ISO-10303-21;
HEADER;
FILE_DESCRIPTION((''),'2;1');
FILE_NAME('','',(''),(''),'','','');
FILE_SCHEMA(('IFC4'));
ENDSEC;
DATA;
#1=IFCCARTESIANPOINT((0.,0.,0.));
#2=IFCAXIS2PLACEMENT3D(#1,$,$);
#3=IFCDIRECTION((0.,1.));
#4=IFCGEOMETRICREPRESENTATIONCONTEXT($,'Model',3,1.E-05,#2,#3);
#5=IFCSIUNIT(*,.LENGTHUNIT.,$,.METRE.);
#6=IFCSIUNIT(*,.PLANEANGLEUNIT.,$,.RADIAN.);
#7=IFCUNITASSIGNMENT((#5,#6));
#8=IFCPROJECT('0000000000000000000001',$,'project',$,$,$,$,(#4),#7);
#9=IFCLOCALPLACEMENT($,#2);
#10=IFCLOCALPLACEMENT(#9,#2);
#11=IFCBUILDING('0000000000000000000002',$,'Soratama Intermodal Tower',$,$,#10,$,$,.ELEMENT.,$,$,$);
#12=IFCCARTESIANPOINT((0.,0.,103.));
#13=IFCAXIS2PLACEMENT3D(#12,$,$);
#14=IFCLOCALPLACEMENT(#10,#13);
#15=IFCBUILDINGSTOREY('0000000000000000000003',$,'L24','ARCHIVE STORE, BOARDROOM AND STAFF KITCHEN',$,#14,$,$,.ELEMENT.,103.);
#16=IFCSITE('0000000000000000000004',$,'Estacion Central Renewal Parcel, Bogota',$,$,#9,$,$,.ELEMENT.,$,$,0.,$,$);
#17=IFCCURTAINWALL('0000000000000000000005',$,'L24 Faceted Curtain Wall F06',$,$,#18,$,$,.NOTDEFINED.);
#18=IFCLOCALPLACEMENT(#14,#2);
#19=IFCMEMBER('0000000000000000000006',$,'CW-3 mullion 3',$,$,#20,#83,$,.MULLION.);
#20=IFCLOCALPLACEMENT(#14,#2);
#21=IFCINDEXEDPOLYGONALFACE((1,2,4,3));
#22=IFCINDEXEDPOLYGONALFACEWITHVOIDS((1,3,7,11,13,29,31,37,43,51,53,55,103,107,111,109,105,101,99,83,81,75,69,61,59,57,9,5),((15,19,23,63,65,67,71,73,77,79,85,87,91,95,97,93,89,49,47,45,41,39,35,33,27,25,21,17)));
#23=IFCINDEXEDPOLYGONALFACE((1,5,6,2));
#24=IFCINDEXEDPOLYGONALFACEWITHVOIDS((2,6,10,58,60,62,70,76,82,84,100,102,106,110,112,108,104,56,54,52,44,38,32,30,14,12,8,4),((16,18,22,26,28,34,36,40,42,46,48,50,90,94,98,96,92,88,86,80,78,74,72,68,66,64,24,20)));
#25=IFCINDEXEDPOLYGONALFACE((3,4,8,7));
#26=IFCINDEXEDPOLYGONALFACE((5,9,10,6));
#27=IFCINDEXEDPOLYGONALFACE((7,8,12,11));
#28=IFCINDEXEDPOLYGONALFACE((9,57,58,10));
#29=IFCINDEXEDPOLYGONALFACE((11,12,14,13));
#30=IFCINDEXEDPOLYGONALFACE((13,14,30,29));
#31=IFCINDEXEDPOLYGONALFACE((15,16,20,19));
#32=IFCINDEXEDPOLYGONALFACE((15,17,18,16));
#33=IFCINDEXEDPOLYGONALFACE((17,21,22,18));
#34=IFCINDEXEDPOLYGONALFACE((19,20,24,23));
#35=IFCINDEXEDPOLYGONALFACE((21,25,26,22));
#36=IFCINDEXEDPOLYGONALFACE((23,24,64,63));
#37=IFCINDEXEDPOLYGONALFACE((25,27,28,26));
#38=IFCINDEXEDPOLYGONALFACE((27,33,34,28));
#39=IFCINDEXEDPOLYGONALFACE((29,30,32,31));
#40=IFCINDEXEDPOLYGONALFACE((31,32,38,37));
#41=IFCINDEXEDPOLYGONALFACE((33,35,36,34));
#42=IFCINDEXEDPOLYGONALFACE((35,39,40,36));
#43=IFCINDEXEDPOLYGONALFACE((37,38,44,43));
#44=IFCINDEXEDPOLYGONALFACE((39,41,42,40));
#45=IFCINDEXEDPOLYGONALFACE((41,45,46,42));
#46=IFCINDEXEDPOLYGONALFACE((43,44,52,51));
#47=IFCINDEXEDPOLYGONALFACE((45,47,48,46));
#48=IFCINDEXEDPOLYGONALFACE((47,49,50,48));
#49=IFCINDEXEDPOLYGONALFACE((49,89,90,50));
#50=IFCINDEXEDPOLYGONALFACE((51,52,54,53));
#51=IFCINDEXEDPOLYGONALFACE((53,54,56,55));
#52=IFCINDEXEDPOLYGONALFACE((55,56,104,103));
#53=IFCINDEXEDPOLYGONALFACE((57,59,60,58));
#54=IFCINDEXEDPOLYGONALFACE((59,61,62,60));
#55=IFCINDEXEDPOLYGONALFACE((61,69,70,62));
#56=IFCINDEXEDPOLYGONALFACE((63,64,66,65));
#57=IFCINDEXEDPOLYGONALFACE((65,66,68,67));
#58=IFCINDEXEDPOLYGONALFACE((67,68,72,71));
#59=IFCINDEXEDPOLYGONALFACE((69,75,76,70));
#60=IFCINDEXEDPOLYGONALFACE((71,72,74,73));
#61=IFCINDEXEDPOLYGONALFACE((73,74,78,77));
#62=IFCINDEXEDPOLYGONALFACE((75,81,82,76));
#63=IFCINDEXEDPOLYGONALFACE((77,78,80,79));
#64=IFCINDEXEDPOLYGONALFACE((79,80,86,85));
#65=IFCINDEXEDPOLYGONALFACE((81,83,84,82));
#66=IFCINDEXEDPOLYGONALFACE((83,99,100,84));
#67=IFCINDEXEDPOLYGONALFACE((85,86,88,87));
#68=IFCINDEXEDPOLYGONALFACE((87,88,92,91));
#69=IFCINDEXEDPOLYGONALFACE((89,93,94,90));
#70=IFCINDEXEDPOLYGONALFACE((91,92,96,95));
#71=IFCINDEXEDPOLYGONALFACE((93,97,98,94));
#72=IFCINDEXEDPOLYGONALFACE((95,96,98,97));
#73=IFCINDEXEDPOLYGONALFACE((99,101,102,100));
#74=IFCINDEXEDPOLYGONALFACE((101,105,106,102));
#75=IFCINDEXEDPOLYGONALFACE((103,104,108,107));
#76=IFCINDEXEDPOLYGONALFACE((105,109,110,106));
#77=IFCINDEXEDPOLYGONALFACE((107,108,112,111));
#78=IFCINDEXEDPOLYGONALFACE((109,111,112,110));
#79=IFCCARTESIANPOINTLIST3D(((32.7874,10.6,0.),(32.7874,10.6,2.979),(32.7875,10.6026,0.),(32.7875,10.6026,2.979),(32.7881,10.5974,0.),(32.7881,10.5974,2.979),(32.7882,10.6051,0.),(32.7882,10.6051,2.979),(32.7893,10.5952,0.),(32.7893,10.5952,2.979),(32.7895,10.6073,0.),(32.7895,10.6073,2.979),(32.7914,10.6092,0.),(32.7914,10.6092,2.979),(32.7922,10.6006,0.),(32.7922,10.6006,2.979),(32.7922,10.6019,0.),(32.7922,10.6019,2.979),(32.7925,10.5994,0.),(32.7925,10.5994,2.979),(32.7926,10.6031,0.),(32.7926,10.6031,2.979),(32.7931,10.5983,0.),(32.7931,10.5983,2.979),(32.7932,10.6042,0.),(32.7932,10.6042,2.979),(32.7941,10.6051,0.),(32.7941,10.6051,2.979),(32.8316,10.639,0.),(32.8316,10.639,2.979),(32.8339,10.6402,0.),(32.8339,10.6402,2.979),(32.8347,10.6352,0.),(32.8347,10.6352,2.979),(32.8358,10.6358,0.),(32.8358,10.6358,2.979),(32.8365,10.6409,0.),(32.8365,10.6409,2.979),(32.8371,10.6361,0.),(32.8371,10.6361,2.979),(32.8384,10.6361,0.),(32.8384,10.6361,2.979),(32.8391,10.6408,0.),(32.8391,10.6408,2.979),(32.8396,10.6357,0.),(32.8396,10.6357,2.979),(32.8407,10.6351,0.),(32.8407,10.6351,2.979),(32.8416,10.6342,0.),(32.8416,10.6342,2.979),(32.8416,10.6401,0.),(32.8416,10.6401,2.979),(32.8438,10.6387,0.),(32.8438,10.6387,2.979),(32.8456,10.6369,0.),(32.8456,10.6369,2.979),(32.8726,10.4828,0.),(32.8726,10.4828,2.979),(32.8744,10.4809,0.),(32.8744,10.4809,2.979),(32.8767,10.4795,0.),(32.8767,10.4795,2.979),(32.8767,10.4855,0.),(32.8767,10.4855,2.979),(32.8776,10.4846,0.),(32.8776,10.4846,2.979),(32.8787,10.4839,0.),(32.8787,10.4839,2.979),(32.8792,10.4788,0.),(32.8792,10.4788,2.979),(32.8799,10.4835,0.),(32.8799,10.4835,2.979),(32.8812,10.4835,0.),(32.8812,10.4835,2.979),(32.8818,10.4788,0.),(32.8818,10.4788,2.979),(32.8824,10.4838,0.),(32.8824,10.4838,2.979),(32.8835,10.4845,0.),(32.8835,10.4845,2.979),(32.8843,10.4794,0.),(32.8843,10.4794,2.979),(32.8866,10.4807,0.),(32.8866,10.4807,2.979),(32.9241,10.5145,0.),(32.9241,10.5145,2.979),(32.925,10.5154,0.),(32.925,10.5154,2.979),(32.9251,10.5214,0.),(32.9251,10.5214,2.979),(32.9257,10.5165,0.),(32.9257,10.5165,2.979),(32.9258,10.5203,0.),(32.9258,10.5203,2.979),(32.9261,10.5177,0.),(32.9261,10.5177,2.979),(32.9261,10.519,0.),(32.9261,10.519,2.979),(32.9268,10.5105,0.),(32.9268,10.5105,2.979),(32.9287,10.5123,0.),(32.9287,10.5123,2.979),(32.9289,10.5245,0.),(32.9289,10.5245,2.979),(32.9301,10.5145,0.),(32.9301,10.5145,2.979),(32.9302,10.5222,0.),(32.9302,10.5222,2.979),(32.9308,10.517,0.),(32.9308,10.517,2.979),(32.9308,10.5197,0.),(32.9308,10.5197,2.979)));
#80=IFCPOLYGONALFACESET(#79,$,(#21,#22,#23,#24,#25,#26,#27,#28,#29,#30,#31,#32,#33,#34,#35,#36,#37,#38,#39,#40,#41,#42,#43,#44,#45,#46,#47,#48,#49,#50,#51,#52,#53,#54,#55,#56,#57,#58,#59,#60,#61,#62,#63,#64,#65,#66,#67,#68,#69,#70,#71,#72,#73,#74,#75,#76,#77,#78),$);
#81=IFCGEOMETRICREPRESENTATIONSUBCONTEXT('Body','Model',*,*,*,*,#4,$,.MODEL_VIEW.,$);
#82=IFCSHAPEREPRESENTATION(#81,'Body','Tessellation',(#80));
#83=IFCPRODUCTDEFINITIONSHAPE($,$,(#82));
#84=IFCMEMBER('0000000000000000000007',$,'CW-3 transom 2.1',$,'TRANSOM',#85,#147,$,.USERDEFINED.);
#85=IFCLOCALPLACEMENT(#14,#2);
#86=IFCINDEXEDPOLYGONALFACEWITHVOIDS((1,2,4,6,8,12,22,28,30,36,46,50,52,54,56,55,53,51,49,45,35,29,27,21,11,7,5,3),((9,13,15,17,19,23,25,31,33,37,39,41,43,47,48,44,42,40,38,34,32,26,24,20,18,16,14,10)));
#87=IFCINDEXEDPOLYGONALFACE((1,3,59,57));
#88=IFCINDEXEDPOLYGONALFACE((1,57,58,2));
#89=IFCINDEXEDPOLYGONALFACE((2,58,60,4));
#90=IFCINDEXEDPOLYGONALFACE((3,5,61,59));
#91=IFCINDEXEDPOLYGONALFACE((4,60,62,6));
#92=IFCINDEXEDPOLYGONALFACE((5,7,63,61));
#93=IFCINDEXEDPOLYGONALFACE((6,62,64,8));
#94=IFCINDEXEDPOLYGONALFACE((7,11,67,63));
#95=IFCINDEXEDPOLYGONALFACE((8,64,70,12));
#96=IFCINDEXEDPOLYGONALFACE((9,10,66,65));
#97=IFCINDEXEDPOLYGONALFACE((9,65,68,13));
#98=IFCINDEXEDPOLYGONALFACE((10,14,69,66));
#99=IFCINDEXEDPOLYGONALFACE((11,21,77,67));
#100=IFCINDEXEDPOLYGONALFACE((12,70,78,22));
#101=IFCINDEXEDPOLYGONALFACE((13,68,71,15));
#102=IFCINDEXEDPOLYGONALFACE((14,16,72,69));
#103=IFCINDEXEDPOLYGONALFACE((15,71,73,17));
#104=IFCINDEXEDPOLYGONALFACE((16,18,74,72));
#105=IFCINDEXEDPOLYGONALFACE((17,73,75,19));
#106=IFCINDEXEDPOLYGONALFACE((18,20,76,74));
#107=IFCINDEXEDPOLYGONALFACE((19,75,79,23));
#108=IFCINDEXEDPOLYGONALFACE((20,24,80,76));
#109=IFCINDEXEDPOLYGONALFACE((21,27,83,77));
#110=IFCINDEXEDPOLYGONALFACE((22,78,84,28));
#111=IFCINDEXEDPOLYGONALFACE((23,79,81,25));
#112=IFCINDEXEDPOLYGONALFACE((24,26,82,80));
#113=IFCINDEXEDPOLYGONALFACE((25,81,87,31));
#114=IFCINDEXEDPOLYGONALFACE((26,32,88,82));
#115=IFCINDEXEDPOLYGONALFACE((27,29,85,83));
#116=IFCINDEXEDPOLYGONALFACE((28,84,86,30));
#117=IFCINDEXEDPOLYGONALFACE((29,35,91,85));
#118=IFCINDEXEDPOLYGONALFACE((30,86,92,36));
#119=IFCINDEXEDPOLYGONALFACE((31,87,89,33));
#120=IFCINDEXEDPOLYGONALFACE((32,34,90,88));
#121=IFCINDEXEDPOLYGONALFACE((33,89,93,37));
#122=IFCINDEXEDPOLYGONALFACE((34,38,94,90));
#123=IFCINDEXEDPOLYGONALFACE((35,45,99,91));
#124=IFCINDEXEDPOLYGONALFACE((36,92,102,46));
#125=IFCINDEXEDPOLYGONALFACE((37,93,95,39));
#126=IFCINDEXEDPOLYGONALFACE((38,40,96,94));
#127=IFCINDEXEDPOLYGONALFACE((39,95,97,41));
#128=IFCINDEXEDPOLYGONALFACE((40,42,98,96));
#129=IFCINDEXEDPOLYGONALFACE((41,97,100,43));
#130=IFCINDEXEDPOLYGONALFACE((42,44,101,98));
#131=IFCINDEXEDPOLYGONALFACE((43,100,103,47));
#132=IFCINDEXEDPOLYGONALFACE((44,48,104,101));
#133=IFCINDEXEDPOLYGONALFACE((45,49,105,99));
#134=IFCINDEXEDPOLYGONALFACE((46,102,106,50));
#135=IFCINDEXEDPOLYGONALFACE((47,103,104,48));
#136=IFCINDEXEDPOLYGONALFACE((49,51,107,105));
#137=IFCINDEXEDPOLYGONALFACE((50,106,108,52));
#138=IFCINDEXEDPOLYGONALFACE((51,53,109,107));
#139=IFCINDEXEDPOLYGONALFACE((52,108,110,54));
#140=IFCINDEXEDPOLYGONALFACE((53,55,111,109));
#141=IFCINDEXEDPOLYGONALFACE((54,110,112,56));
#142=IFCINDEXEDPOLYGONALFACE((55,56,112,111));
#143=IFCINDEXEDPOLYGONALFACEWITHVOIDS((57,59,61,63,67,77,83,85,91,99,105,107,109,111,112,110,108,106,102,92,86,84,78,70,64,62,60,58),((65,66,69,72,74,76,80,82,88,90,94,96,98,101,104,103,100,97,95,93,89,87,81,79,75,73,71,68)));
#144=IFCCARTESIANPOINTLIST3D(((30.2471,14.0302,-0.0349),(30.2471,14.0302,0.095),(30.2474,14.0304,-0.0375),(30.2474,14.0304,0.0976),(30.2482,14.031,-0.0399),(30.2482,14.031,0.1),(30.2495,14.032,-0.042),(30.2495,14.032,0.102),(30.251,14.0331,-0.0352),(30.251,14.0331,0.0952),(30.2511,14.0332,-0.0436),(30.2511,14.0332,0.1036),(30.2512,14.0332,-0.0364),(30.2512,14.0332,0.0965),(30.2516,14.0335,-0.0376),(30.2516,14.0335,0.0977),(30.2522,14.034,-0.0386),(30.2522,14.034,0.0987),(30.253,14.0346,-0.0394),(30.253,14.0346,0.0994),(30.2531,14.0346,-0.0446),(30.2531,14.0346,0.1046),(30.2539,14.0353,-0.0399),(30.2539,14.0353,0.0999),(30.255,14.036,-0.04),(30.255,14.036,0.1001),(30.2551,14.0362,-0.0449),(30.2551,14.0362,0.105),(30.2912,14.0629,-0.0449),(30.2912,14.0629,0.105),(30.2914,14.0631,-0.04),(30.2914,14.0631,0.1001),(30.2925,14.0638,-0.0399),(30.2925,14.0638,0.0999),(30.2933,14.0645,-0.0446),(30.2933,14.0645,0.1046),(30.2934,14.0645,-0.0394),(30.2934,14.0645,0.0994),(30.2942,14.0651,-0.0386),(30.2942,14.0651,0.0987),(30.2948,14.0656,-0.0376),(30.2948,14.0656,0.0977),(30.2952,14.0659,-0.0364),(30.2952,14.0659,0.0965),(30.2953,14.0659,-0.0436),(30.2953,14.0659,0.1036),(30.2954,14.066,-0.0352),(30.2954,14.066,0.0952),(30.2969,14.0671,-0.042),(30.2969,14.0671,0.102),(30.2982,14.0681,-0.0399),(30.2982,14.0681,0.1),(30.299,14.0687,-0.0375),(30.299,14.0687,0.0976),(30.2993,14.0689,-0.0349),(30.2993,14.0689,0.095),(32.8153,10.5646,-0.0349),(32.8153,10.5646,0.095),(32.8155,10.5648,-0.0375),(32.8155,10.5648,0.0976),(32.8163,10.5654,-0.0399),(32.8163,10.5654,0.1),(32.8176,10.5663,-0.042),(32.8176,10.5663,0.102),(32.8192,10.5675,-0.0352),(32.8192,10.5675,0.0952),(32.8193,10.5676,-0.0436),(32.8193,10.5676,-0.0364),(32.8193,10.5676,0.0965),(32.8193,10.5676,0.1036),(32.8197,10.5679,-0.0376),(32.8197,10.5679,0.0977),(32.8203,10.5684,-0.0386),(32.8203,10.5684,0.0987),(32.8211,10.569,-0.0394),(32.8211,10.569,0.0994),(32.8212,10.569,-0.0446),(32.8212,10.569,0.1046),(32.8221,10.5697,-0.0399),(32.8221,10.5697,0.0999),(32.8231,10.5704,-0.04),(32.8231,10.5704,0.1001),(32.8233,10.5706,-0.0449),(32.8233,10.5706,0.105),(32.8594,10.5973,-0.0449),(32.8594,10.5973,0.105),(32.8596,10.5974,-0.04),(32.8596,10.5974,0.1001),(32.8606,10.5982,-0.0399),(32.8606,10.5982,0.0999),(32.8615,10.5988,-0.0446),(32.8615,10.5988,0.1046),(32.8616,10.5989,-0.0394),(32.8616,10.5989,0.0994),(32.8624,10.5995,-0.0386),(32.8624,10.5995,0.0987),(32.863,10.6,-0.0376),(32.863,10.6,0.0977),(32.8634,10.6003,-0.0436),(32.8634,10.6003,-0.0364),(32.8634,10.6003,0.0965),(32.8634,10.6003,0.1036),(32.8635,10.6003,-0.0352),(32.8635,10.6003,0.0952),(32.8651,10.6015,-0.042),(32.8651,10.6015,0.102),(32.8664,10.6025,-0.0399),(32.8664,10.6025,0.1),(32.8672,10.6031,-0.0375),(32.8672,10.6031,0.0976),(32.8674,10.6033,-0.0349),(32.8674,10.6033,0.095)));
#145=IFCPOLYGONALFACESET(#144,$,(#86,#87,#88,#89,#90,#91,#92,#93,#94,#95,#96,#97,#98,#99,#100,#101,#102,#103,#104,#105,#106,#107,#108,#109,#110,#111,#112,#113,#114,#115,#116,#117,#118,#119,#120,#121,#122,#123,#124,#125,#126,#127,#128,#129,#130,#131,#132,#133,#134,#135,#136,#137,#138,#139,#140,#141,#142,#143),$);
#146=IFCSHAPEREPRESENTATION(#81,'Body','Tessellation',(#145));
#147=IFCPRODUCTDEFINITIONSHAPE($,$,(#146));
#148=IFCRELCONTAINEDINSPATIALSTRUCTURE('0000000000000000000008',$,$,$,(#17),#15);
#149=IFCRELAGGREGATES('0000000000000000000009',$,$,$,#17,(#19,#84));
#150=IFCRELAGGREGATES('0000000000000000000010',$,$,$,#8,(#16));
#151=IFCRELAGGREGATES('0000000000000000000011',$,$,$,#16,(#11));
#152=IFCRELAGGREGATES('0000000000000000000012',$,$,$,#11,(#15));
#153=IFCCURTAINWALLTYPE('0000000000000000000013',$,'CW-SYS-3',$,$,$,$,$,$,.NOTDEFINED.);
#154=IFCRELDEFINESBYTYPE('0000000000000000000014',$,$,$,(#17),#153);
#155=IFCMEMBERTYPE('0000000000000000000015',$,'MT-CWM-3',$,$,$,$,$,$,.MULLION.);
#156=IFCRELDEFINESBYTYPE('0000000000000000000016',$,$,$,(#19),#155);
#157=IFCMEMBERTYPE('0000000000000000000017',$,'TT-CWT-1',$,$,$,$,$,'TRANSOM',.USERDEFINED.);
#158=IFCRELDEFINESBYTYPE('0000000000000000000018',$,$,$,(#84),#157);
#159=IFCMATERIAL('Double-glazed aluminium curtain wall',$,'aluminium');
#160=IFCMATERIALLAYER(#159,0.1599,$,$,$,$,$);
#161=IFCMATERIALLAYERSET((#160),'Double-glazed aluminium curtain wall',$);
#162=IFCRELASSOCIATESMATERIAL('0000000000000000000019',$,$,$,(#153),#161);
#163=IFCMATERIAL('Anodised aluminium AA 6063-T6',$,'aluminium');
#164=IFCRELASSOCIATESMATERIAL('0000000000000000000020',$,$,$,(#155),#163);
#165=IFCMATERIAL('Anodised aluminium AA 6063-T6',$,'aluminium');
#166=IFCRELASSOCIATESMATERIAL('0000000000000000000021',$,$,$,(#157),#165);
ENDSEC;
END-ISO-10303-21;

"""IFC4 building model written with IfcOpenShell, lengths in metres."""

from ifc_helpers import new_model, si_unit, direction, frame, origin, origin_2d, place, context, subcontext, project, spatial, hollow_rectangle, extrude, material, layer, layer_set, material_profile, profile_set, type_object, element, aggregate, save


model = new_model("IFC4")

# Units and contexts
model_context = context("Model", 3, precision=1e-05, world=origin(), true_north=direction((0.0, 1.0)))
body_context = subcontext(model_context, "Body", "Model", "MODEL_VIEW")
ifc_project = project(units=[si_unit("LENGTHUNIT", "METRE"), si_unit("PLANEANGLEUNIT", "RADIAN")], contexts=[model_context])

# Site, building, storey
site_placement = place(None, origin())
site = spatial("IfcSite", under=ifc_project, at=site_placement, Name="Estacion Central Renewal Parcel, Bogota", CompositionType="ELEMENT", RefElevation=0.0)
building_placement = place(site_placement, origin())
building = spatial("IfcBuilding", under=site, at=building_placement, Name="Soratama Intermodal Tower", CompositionType="ELEMENT")
storey_placement = place(building_placement, frame((0.0, 0.0, 103.0)))
storey = spatial("IfcBuildingStorey", under=building, at=storey_placement, Name="L24", Description="ARCHIVE STORE, BOARDROOM AND STAFF KITCHEN", CompositionType="ELEMENT", Elevation=103.0)

# Curtain wall, members
ifc_material_1 = material(Name="Double-glazed aluminium curtain wall", Category="aluminium")
ifc_layer_1 = layer(ifc_material_1, 0.1599)
ifc_layer_set_1 = layer_set([ifc_layer_1], Name="Double-glazed aluminium curtain wall")
curtain_wall_type = type_object("IfcCurtainWallType", Name="CW-SYS-3", PredefinedType="NOTDEFINED", material=ifc_layer_set_1)
curtain_wall_placement = place(storey_placement, origin())
curtain_wall = element("IfcCurtainWall", 1, at=curtain_wall_placement, inside=storey, type_object=curtain_wall_type, Name="L24 Faceted Curtain Wall F06", PredefinedType="NOTDEFINED")
ifc_material_2 = material(Name="Anodised aluminium AA 6063-T6", Category="aluminium")
ifc_material_profile_1 = material_profile(ifc_material_2, hollow_rectangle(XDim=0.0701, YDim=0.1599, WallThickness=0.0049, InnerFilletRadius=0.0049, OuterFilletRadius=0.01, at=origin_2d()), Name="CWM160X70X5")
ifc_profile_set_1 = profile_set([ifc_material_profile_1], Name="Anodised aluminium AA 6063-T6")
member_type_1 = type_object("IfcMemberType", Name="MT-CWM-3", PredefinedType="MULLION", material=ifc_profile_set_1)
member_1_placement = place(storey_placement, frame((32.8591, 10.5598, 0.0), z_axis=(0.0, 0.0, 1.0), x_axis=(0.803442, 0.595383, 0.0)))
member_1 = element("IfcMember", 2, at=member_1_placement, type_object=member_type_1, Name="CW-3 mullion 3", PredefinedType="MULLION", context=body_context, shape_type="SweptSolid", body=[
    extrude(hollow_rectangle(XDim=0.0701, YDim=0.1599, WallThickness=0.0049, InnerFilletRadius=0.0049, OuterFilletRadius=0.01, at=origin_2d()), origin(), (0.0, 0.0, 1.0), 2.979),
])
ifc_material_3 = material(Name="Anodised aluminium AA 6063-T6", Category="aluminium")
ifc_material_profile_2 = material_profile(ifc_material_3, hollow_rectangle(XDim=0.0649, YDim=0.1499, WallThickness=0.0049, InnerFilletRadius=0.0049, OuterFilletRadius=0.01, at=origin_2d()), Name="CWT150X65X5")
ifc_profile_set_2 = profile_set([ifc_material_profile_2], Name="Anodised aluminium AA 6063-T6")
member_type_2 = type_object("IfcMemberType", Name="TT-CWT-1", ElementType="TRANSOM", PredefinedType="USERDEFINED", material=ifc_profile_set_2)
member_2_placement = place(storey_placement, frame((30.2732, 14.0496, 0.03), z_axis=(0.59538, -0.803444, 0.0), x_axis=(0.803444, 0.59538, 0.0)))
member_2 = element("IfcMember", 3, at=member_2_placement, type_object=member_type_2, Name="CW-3 transom 2.1", ObjectType="TRANSOM", PredefinedType="USERDEFINED", context=body_context, shape_type="SweptSolid", body=[
    extrude(hollow_rectangle(XDim=0.0649, YDim=0.1499, WallThickness=0.0049, InnerFilletRadius=0.0049, OuterFilletRadius=0.01, at=origin_2d()), origin(), (0.0, 0.0, 1.0), 4.3135),
])
aggregate(curtain_wall, [member_1, member_2])

save(model, "model.ifc")
